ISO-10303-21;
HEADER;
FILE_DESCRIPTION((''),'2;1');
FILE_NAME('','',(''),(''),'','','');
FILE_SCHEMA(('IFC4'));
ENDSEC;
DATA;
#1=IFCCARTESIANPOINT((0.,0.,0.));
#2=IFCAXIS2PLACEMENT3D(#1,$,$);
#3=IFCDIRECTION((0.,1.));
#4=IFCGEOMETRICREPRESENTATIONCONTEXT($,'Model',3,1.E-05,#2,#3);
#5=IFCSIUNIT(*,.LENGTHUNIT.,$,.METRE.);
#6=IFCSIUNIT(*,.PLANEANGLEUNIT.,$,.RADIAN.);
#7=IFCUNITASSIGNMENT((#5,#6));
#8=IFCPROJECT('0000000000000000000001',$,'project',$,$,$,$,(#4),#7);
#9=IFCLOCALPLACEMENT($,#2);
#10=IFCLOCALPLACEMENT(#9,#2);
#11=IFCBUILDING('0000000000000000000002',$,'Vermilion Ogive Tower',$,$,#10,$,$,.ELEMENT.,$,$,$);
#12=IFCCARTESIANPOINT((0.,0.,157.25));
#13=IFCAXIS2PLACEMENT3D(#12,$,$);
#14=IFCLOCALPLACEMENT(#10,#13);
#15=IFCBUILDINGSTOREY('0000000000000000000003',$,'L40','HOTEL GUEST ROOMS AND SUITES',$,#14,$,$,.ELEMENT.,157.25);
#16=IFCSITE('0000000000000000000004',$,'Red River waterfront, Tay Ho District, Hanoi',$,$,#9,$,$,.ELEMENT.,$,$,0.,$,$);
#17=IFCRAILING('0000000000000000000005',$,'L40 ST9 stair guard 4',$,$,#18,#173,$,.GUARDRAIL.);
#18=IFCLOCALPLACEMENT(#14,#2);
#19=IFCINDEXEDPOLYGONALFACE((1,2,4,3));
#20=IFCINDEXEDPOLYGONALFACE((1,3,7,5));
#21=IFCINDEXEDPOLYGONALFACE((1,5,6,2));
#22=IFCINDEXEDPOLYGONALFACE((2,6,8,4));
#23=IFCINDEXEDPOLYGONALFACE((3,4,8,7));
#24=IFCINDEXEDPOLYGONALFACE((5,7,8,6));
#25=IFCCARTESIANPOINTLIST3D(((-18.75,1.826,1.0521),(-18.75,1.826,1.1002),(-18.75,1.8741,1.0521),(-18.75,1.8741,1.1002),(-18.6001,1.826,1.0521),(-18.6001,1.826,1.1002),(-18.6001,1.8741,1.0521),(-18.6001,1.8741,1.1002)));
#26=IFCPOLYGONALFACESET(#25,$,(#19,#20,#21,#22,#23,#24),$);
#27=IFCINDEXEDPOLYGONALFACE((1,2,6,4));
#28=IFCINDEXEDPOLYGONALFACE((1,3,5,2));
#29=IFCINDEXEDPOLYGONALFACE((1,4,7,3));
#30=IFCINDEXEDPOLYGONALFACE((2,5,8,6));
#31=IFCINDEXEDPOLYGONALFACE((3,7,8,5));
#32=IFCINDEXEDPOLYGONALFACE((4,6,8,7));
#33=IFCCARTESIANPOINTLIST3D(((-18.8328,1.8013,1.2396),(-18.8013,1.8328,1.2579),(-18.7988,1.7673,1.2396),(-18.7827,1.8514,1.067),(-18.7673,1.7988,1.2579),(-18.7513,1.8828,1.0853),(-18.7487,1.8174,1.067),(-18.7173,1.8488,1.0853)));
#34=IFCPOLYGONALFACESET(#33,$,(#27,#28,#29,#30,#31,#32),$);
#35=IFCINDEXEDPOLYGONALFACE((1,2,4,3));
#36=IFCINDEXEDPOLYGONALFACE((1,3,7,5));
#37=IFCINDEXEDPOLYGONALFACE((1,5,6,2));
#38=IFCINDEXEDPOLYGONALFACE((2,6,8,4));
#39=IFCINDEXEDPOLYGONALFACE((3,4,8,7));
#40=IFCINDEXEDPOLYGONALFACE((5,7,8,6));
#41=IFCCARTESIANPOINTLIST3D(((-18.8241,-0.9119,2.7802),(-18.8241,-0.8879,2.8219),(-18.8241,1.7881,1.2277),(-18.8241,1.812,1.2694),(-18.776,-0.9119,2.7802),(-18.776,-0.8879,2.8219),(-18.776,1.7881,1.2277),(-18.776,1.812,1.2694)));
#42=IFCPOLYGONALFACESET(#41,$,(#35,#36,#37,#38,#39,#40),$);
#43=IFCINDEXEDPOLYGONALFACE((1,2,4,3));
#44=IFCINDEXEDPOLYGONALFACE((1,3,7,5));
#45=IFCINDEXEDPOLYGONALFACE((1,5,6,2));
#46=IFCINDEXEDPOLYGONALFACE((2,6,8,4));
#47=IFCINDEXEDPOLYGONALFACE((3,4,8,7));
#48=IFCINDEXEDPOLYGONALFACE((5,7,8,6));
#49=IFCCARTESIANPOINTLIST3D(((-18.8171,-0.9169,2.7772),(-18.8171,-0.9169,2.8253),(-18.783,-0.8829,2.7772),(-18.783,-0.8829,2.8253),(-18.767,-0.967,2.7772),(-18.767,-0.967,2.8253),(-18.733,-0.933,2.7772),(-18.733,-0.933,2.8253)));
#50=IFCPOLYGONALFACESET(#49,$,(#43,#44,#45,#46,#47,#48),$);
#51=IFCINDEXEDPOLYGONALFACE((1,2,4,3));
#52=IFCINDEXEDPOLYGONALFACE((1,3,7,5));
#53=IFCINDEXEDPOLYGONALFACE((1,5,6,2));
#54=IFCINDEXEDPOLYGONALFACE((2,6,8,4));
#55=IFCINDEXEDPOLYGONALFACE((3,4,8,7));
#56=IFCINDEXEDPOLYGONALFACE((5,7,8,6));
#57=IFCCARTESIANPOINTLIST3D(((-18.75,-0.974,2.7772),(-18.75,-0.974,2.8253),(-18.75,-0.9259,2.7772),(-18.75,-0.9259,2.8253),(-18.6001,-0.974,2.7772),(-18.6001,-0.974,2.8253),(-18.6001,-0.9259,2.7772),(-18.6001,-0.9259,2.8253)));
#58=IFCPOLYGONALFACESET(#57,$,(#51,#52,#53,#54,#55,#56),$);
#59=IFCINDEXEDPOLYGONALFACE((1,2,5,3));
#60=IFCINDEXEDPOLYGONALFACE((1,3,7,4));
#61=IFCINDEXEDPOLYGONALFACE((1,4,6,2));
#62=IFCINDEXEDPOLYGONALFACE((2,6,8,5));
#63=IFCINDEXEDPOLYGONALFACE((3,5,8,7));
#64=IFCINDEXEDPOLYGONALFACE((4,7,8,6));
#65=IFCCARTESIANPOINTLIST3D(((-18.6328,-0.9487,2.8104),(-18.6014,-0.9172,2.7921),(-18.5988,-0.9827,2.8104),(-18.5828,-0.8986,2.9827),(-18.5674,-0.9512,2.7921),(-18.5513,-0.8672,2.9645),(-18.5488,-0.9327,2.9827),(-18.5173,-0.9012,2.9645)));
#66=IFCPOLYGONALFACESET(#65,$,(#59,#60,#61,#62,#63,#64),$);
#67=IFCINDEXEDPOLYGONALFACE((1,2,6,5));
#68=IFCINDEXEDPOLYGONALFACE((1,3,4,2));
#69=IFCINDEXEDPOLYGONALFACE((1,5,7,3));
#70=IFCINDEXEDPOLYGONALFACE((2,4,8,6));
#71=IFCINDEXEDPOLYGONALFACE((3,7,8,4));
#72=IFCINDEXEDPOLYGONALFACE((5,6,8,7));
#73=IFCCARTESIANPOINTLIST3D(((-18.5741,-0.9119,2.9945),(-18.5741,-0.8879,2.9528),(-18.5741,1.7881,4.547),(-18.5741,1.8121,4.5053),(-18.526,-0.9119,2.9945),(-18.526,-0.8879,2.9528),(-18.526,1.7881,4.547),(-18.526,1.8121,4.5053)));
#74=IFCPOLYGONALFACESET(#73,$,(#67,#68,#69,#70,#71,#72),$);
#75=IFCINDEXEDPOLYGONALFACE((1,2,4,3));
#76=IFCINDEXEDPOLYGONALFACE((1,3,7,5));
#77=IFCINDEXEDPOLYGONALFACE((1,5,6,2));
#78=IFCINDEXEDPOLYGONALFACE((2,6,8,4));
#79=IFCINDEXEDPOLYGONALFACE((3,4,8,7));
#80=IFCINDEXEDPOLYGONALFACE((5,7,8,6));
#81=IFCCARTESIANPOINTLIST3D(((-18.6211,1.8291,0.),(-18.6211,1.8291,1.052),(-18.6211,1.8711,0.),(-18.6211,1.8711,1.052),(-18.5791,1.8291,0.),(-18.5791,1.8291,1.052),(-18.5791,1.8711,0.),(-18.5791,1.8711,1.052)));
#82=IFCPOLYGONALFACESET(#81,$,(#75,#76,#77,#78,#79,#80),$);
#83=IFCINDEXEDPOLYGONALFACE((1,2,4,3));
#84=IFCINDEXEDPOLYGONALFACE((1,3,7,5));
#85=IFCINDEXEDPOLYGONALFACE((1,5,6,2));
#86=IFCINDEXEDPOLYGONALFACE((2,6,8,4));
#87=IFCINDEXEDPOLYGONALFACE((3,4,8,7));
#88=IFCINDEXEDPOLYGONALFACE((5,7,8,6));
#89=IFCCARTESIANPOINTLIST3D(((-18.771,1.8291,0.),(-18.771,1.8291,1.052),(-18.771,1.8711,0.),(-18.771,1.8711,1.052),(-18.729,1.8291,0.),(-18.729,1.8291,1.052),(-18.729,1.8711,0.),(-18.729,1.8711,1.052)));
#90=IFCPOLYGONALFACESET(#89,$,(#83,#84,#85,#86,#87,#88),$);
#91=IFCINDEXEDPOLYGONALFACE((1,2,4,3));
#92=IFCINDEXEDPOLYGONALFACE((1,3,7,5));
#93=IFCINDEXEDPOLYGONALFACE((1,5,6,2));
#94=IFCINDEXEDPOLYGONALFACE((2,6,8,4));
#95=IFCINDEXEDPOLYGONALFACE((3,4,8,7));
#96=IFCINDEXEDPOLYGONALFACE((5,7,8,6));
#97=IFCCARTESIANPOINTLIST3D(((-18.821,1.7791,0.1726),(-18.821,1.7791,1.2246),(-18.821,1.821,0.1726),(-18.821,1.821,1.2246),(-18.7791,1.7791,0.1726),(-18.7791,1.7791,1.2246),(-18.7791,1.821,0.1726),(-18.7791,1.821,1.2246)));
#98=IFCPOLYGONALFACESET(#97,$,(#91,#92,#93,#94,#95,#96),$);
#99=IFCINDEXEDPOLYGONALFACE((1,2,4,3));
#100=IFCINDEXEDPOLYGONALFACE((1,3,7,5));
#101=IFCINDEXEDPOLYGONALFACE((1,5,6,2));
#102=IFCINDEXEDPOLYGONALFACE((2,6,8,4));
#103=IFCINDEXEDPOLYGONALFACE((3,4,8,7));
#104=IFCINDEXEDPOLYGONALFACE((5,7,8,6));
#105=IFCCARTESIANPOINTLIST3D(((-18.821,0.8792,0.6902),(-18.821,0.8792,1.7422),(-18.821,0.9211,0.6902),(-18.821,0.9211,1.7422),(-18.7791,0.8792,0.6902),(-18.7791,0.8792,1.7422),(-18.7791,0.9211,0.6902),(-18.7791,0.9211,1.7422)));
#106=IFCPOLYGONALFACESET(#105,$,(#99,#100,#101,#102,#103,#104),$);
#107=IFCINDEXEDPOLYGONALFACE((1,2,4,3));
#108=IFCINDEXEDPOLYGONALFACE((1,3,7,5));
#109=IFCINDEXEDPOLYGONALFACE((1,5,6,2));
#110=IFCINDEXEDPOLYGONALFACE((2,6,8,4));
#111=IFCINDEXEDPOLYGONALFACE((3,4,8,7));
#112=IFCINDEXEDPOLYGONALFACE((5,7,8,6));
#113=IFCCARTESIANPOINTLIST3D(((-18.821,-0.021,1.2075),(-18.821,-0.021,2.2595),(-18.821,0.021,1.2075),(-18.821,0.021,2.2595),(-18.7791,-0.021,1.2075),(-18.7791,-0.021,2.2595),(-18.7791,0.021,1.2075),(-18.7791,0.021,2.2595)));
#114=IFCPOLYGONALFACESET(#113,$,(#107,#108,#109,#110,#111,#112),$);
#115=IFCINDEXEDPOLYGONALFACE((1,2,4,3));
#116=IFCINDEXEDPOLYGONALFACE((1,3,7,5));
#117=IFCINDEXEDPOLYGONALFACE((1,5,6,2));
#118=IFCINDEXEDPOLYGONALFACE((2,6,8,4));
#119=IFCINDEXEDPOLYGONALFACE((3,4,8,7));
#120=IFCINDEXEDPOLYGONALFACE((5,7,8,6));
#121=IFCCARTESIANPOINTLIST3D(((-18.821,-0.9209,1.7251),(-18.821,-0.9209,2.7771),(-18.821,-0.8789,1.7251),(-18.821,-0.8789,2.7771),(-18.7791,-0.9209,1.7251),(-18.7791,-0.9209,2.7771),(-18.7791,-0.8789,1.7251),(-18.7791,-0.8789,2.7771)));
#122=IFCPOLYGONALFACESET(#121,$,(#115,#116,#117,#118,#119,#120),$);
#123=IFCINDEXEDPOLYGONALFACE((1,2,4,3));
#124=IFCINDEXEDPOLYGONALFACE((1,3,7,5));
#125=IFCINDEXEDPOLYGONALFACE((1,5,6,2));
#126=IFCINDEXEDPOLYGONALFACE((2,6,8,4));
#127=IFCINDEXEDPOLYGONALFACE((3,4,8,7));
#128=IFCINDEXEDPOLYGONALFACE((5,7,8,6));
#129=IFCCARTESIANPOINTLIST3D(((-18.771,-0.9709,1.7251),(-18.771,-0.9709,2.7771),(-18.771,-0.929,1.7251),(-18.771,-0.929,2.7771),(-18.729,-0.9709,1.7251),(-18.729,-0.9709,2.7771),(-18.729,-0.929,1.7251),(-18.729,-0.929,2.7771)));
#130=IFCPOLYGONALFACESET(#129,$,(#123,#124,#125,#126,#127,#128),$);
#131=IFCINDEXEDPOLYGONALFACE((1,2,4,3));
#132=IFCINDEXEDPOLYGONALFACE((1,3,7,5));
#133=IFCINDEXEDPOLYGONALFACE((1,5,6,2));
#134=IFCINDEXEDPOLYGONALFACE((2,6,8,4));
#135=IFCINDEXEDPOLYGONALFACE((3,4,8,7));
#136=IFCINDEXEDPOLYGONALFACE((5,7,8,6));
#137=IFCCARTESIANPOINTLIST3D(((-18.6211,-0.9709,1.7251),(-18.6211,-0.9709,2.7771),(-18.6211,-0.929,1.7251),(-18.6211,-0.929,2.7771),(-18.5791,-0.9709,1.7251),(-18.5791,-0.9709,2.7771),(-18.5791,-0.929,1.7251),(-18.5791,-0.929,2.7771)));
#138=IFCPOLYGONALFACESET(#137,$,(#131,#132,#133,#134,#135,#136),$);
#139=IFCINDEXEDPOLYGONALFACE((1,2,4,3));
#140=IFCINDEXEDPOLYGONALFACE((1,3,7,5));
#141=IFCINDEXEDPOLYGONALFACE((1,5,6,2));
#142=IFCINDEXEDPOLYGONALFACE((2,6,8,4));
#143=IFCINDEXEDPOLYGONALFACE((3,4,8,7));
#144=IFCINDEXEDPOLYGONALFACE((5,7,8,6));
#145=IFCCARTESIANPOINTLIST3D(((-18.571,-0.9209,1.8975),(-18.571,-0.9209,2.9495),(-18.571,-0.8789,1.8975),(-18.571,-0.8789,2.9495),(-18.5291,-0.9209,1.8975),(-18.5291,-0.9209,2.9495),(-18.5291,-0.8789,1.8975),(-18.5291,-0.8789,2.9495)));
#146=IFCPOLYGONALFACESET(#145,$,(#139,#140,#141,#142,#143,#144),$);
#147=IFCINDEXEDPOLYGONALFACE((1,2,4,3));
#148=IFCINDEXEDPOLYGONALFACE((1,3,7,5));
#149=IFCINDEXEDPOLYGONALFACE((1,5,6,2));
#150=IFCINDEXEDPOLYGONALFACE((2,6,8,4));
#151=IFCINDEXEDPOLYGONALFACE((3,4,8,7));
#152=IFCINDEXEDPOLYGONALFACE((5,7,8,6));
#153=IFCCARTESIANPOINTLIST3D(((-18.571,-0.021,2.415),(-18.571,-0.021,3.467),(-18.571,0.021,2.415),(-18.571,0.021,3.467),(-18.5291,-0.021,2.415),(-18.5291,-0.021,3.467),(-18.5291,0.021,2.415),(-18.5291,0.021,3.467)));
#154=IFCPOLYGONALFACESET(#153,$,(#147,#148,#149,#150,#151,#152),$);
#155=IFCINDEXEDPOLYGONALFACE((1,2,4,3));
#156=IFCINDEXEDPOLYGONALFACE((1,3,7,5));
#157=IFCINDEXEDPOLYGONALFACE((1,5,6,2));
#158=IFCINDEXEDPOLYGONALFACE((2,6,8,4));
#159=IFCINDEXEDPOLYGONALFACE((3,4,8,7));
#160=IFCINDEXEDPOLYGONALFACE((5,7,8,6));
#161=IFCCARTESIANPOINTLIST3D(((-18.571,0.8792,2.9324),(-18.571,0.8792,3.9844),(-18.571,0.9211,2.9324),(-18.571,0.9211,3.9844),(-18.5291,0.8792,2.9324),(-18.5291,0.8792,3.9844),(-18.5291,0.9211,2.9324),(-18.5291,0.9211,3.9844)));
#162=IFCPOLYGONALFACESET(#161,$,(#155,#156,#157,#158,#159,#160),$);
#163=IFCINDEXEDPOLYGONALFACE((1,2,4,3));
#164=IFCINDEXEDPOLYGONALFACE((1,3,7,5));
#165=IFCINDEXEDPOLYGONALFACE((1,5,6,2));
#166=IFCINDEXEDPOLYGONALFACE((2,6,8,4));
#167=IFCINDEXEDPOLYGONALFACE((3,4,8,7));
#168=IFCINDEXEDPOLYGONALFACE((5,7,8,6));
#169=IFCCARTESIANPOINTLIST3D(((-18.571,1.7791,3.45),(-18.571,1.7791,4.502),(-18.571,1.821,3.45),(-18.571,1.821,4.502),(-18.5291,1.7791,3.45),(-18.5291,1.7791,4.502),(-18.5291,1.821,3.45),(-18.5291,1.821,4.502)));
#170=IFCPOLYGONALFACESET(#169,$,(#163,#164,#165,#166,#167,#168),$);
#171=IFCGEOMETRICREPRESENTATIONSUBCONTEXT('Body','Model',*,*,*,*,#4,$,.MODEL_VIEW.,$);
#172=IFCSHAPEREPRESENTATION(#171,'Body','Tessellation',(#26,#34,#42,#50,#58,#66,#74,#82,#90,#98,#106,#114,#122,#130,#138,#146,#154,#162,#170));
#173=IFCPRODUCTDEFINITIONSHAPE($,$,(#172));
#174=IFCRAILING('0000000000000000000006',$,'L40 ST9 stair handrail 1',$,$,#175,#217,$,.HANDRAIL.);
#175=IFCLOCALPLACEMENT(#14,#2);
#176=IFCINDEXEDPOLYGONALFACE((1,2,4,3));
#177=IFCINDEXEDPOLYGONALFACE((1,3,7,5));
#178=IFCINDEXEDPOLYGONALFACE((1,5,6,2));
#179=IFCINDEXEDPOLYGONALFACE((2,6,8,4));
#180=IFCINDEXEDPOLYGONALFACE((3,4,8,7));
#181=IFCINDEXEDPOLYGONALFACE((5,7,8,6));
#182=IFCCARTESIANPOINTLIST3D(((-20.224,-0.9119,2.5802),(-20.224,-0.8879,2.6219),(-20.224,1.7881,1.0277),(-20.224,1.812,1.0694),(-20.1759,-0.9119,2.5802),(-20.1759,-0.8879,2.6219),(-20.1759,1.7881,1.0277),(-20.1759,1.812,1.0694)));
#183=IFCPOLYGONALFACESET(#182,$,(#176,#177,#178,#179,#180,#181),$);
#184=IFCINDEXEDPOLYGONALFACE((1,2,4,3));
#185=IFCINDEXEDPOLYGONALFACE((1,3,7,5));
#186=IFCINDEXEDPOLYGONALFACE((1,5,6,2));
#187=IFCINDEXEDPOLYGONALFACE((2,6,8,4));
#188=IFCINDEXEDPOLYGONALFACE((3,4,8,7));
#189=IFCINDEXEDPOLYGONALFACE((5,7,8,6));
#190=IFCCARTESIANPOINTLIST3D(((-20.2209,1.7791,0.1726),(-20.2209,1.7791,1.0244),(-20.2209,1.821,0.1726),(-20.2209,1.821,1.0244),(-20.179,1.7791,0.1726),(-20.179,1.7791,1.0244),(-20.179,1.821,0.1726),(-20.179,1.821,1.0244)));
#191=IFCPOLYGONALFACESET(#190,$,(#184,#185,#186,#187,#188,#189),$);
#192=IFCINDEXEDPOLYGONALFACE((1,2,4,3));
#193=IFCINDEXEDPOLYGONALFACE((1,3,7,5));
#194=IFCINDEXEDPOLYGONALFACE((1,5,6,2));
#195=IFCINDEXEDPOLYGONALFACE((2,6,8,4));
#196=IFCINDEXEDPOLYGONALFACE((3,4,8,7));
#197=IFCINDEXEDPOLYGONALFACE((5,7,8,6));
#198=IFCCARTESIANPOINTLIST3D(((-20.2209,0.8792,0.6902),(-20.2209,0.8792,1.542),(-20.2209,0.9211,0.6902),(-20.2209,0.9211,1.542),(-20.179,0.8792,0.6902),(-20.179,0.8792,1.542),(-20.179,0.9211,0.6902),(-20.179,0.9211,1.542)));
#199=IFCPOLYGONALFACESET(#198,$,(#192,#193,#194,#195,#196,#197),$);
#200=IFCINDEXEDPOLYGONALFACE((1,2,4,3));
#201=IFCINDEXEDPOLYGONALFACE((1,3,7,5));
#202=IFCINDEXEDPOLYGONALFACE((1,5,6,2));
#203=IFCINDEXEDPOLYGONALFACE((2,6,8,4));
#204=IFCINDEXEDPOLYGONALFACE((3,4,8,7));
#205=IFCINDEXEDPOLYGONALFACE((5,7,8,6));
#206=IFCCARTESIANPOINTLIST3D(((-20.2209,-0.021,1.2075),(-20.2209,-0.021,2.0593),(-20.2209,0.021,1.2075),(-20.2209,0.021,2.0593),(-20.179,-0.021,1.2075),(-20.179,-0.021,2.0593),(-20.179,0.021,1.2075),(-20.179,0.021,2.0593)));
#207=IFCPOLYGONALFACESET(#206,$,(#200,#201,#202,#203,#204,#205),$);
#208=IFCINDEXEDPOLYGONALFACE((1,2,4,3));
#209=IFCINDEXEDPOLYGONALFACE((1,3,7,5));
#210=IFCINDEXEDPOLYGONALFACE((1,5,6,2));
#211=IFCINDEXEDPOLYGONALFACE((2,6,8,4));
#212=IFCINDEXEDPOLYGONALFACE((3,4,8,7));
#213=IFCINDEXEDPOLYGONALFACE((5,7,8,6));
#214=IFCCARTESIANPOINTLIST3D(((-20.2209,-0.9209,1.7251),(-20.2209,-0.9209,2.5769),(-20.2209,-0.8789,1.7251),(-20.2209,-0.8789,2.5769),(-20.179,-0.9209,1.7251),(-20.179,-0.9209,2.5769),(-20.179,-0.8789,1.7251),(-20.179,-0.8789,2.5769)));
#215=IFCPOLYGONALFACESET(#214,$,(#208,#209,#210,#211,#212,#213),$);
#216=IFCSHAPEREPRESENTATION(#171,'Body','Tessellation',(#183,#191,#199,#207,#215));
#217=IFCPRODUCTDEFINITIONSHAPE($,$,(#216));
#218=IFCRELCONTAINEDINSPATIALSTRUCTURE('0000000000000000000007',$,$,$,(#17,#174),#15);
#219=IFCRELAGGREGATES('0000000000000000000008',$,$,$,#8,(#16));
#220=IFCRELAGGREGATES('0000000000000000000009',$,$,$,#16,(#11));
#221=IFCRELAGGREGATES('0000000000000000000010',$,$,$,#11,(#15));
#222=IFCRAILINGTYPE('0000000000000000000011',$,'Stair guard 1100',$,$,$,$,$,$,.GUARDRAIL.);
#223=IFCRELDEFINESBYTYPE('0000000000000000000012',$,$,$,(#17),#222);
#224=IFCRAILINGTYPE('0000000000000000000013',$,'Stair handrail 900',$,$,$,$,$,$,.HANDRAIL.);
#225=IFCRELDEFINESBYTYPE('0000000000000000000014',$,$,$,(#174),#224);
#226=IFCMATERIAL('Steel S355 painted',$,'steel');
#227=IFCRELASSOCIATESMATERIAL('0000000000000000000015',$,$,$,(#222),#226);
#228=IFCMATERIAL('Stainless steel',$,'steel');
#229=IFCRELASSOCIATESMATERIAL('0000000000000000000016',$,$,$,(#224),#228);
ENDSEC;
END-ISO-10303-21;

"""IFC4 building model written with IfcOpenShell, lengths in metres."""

from ifc_helpers import new_model, si_unit, direction, frame, origin, origin_2d, place, context, subcontext, project, spatial, rectangle, extrude, material, type_object, element, save


model = new_model("IFC4")

# Units and contexts
model_context = context("Model", 3, precision=1e-05, world=origin(), true_north=direction((0.0, 1.0)))
body_context = subcontext(model_context, "Body", "Model", "MODEL_VIEW")
ifc_project = project(units=[si_unit("LENGTHUNIT", "METRE"), si_unit("PLANEANGLEUNIT", "RADIAN")], contexts=[model_context])

# Site, building, storey
site_placement = place(None, origin())
site = spatial("IfcSite", under=ifc_project, at=site_placement, Name="Red River waterfront, Tay Ho District, Hanoi", CompositionType="ELEMENT", RefElevation=0.0)
building_placement = place(site_placement, origin())
building = spatial("IfcBuilding", under=site, at=building_placement, Name="Vermilion Ogive Tower", CompositionType="ELEMENT")
storey_placement = place(building_placement, frame((0.0, 0.0, 157.25)))
storey = spatial("IfcBuildingStorey", under=building, at=storey_placement, Name="L40", Description="HOTEL GUEST ROOMS AND SUITES", CompositionType="ELEMENT", Elevation=157.25)

# Railings
ifc_material_1 = material(Name="Steel S355 painted", Category="steel")
railing_type_1 = type_object("IfcRailingType", Name="Stair guard 1100", PredefinedType="GUARDRAIL", material=ifc_material_1)
railing_1_placement = place(storey_placement, frame((-18.6001, 1.8501, 0.0)))
element("IfcRailing", 1, at=railing_1_placement, inside=storey, type_object=railing_type_1, Name="L40 ST9 stair guard 4", PredefinedType="GUARDRAIL", context=body_context, shape_type="SweptSolid", body=[
    extrude(rectangle(XDim=0.0481, YDim=0.0481, at=origin_2d()), frame((0.0, 0.0, 1.0762), z_axis=(-1.0, 0.0, 0.0), x_axis=(0.0, -1.0, 0.0)), (0.0, 0.0, 1.0), 0.1499),
    extrude(rectangle(XDim=0.0481, YDim=0.0481, at=origin_2d()), frame((-0.1499, 0.0, 1.0762), z_axis=(-0.268278, -0.268278, 0.925232), x_axis=(0.707107, -0.707107, 0.0)), (0.0, 0.0, 1.0), 0.1865),
    extrude(rectangle(XDim=0.0481, YDim=0.0481, at=origin_2d()), frame((-0.2, -0.05, 1.2485), z_axis=(0.0, -0.866904, 0.498476), x_axis=(1.0, 0.0, 0.0)), (0.0, 0.0, 1.0), 3.1145),
    extrude(rectangle(XDim=0.0481, YDim=0.0481, at=origin_2d()), frame((-0.2, -2.75, 2.8013), z_axis=(0.707107, -0.707107, 0.0), x_axis=(0.707107, 0.707107, 0.0)), (0.0, 0.0, 1.0), 0.0708),
    extrude(rectangle(XDim=0.0481, YDim=0.0481, at=origin_2d()), frame((-0.1499, -2.8, 2.8013), z_axis=(1.0, 0.0, 0.0), x_axis=(0.0, 1.0, 0.0)), (0.0, 0.0, 1.0), 0.1499),
    extrude(rectangle(XDim=0.0481, YDim=0.0481, at=origin_2d()), frame((0.0, -2.8, 2.8013), z_axis=(0.268603, 0.268603, 0.925043), x_axis=(-0.707107, 0.707107, 0.0)), (0.0, 0.0, 1.0), 0.1863),
    extrude(rectangle(XDim=0.0481, YDim=0.0481, at=origin_2d()), frame((0.05, -2.75, 2.9736), z_axis=(0.0, 0.866904, 0.498476), x_axis=(-1.0, 0.0, 0.0)), (0.0, 0.0, 1.0), 3.1145),
    extrude(rectangle(XDim=0.042, YDim=0.042, at=origin_2d()), origin(), (0.0, 0.0, 1.0), 1.052),
    extrude(rectangle(XDim=0.042, YDim=0.042, at=origin_2d()), frame((-0.1499, 0.0, 0.0)), (0.0, 0.0, 1.0), 1.052),
    extrude(rectangle(XDim=0.042, YDim=0.042, at=origin_2d()), frame((-0.2, -0.05, 0.1726)), (0.0, 0.0, 1.0), 1.052),
    extrude(rectangle(XDim=0.042, YDim=0.042, at=origin_2d()), frame((-0.2, -0.95, 0.6902)), (0.0, 0.0, 1.0), 1.052),
    extrude(rectangle(XDim=0.042, YDim=0.042, at=origin_2d()), frame((-0.2, -1.8501, 1.2075)), (0.0, 0.0, 1.0), 1.052),
    extrude(rectangle(XDim=0.042, YDim=0.042, at=origin_2d()), frame((-0.2, -2.75, 1.7251)), (0.0, 0.0, 1.0), 1.052),
    extrude(rectangle(XDim=0.042, YDim=0.042, at=origin_2d()), frame((-0.1499, -2.8, 1.7251)), (0.0, 0.0, 1.0), 1.052),
    extrude(rectangle(XDim=0.042, YDim=0.042, at=origin_2d()), frame((0.0, -2.8, 1.7251)), (0.0, 0.0, 1.0), 1.052),
    extrude(rectangle(XDim=0.042, YDim=0.042, at=origin_2d()), frame((0.05, -2.75, 1.8975)), (0.0, 0.0, 1.0), 1.052),
    extrude(rectangle(XDim=0.042, YDim=0.042, at=origin_2d()), frame((0.05, -1.8501, 2.415)), (0.0, 0.0, 1.0), 1.052),
    extrude(rectangle(XDim=0.042, YDim=0.042, at=origin_2d()), frame((0.05, -0.95, 2.9324)), (0.0, 0.0, 1.0), 1.052),
    extrude(rectangle(XDim=0.042, YDim=0.042, at=origin_2d()), frame((0.05, -0.05, 3.45)), (0.0, 0.0, 1.0), 1.052),
])
ifc_material_2 = material(Name="Stainless steel", Category="steel")
railing_type_2 = type_object("IfcRailingType", Name="Stair handrail 900", PredefinedType="HANDRAIL", material=ifc_material_2)
railing_2_placement = place(storey_placement, frame((-20.2, 1.8, 0.1726)))
element("IfcRailing", 2, at=railing_2_placement, inside=storey, type_object=railing_type_2, Name="L40 ST9 stair handrail 1", PredefinedType="HANDRAIL", context=body_context, shape_type="SweptSolid", body=[
    extrude(rectangle(XDim=0.0481, YDim=0.0481, at=origin_2d()), frame((0.0, 0.0, 0.876), z_axis=(0.0, -0.866904, 0.498476), x_axis=(1.0, 0.0, 0.0)), (0.0, 0.0, 1.0), 3.1145),
    extrude(rectangle(XDim=0.042, YDim=0.042, at=origin_2d()), origin(), (0.0, 0.0, 1.0), 0.8518),
    extrude(rectangle(XDim=0.042, YDim=0.042, at=origin_2d()), frame((0.0, -0.8999, 0.5176)), (0.0, 0.0, 1.0), 0.8518),
    extrude(rectangle(XDim=0.042, YDim=0.042, at=origin_2d()), frame((0.0, -1.8, 1.0349)), (0.0, 0.0, 1.0), 0.8518),
    extrude(rectangle(XDim=0.042, YDim=0.042, at=origin_2d()), frame((0.0, -2.7, 1.5525)), (0.0, 0.0, 1.0), 0.8518),
])

save(model, "model.ifc")
